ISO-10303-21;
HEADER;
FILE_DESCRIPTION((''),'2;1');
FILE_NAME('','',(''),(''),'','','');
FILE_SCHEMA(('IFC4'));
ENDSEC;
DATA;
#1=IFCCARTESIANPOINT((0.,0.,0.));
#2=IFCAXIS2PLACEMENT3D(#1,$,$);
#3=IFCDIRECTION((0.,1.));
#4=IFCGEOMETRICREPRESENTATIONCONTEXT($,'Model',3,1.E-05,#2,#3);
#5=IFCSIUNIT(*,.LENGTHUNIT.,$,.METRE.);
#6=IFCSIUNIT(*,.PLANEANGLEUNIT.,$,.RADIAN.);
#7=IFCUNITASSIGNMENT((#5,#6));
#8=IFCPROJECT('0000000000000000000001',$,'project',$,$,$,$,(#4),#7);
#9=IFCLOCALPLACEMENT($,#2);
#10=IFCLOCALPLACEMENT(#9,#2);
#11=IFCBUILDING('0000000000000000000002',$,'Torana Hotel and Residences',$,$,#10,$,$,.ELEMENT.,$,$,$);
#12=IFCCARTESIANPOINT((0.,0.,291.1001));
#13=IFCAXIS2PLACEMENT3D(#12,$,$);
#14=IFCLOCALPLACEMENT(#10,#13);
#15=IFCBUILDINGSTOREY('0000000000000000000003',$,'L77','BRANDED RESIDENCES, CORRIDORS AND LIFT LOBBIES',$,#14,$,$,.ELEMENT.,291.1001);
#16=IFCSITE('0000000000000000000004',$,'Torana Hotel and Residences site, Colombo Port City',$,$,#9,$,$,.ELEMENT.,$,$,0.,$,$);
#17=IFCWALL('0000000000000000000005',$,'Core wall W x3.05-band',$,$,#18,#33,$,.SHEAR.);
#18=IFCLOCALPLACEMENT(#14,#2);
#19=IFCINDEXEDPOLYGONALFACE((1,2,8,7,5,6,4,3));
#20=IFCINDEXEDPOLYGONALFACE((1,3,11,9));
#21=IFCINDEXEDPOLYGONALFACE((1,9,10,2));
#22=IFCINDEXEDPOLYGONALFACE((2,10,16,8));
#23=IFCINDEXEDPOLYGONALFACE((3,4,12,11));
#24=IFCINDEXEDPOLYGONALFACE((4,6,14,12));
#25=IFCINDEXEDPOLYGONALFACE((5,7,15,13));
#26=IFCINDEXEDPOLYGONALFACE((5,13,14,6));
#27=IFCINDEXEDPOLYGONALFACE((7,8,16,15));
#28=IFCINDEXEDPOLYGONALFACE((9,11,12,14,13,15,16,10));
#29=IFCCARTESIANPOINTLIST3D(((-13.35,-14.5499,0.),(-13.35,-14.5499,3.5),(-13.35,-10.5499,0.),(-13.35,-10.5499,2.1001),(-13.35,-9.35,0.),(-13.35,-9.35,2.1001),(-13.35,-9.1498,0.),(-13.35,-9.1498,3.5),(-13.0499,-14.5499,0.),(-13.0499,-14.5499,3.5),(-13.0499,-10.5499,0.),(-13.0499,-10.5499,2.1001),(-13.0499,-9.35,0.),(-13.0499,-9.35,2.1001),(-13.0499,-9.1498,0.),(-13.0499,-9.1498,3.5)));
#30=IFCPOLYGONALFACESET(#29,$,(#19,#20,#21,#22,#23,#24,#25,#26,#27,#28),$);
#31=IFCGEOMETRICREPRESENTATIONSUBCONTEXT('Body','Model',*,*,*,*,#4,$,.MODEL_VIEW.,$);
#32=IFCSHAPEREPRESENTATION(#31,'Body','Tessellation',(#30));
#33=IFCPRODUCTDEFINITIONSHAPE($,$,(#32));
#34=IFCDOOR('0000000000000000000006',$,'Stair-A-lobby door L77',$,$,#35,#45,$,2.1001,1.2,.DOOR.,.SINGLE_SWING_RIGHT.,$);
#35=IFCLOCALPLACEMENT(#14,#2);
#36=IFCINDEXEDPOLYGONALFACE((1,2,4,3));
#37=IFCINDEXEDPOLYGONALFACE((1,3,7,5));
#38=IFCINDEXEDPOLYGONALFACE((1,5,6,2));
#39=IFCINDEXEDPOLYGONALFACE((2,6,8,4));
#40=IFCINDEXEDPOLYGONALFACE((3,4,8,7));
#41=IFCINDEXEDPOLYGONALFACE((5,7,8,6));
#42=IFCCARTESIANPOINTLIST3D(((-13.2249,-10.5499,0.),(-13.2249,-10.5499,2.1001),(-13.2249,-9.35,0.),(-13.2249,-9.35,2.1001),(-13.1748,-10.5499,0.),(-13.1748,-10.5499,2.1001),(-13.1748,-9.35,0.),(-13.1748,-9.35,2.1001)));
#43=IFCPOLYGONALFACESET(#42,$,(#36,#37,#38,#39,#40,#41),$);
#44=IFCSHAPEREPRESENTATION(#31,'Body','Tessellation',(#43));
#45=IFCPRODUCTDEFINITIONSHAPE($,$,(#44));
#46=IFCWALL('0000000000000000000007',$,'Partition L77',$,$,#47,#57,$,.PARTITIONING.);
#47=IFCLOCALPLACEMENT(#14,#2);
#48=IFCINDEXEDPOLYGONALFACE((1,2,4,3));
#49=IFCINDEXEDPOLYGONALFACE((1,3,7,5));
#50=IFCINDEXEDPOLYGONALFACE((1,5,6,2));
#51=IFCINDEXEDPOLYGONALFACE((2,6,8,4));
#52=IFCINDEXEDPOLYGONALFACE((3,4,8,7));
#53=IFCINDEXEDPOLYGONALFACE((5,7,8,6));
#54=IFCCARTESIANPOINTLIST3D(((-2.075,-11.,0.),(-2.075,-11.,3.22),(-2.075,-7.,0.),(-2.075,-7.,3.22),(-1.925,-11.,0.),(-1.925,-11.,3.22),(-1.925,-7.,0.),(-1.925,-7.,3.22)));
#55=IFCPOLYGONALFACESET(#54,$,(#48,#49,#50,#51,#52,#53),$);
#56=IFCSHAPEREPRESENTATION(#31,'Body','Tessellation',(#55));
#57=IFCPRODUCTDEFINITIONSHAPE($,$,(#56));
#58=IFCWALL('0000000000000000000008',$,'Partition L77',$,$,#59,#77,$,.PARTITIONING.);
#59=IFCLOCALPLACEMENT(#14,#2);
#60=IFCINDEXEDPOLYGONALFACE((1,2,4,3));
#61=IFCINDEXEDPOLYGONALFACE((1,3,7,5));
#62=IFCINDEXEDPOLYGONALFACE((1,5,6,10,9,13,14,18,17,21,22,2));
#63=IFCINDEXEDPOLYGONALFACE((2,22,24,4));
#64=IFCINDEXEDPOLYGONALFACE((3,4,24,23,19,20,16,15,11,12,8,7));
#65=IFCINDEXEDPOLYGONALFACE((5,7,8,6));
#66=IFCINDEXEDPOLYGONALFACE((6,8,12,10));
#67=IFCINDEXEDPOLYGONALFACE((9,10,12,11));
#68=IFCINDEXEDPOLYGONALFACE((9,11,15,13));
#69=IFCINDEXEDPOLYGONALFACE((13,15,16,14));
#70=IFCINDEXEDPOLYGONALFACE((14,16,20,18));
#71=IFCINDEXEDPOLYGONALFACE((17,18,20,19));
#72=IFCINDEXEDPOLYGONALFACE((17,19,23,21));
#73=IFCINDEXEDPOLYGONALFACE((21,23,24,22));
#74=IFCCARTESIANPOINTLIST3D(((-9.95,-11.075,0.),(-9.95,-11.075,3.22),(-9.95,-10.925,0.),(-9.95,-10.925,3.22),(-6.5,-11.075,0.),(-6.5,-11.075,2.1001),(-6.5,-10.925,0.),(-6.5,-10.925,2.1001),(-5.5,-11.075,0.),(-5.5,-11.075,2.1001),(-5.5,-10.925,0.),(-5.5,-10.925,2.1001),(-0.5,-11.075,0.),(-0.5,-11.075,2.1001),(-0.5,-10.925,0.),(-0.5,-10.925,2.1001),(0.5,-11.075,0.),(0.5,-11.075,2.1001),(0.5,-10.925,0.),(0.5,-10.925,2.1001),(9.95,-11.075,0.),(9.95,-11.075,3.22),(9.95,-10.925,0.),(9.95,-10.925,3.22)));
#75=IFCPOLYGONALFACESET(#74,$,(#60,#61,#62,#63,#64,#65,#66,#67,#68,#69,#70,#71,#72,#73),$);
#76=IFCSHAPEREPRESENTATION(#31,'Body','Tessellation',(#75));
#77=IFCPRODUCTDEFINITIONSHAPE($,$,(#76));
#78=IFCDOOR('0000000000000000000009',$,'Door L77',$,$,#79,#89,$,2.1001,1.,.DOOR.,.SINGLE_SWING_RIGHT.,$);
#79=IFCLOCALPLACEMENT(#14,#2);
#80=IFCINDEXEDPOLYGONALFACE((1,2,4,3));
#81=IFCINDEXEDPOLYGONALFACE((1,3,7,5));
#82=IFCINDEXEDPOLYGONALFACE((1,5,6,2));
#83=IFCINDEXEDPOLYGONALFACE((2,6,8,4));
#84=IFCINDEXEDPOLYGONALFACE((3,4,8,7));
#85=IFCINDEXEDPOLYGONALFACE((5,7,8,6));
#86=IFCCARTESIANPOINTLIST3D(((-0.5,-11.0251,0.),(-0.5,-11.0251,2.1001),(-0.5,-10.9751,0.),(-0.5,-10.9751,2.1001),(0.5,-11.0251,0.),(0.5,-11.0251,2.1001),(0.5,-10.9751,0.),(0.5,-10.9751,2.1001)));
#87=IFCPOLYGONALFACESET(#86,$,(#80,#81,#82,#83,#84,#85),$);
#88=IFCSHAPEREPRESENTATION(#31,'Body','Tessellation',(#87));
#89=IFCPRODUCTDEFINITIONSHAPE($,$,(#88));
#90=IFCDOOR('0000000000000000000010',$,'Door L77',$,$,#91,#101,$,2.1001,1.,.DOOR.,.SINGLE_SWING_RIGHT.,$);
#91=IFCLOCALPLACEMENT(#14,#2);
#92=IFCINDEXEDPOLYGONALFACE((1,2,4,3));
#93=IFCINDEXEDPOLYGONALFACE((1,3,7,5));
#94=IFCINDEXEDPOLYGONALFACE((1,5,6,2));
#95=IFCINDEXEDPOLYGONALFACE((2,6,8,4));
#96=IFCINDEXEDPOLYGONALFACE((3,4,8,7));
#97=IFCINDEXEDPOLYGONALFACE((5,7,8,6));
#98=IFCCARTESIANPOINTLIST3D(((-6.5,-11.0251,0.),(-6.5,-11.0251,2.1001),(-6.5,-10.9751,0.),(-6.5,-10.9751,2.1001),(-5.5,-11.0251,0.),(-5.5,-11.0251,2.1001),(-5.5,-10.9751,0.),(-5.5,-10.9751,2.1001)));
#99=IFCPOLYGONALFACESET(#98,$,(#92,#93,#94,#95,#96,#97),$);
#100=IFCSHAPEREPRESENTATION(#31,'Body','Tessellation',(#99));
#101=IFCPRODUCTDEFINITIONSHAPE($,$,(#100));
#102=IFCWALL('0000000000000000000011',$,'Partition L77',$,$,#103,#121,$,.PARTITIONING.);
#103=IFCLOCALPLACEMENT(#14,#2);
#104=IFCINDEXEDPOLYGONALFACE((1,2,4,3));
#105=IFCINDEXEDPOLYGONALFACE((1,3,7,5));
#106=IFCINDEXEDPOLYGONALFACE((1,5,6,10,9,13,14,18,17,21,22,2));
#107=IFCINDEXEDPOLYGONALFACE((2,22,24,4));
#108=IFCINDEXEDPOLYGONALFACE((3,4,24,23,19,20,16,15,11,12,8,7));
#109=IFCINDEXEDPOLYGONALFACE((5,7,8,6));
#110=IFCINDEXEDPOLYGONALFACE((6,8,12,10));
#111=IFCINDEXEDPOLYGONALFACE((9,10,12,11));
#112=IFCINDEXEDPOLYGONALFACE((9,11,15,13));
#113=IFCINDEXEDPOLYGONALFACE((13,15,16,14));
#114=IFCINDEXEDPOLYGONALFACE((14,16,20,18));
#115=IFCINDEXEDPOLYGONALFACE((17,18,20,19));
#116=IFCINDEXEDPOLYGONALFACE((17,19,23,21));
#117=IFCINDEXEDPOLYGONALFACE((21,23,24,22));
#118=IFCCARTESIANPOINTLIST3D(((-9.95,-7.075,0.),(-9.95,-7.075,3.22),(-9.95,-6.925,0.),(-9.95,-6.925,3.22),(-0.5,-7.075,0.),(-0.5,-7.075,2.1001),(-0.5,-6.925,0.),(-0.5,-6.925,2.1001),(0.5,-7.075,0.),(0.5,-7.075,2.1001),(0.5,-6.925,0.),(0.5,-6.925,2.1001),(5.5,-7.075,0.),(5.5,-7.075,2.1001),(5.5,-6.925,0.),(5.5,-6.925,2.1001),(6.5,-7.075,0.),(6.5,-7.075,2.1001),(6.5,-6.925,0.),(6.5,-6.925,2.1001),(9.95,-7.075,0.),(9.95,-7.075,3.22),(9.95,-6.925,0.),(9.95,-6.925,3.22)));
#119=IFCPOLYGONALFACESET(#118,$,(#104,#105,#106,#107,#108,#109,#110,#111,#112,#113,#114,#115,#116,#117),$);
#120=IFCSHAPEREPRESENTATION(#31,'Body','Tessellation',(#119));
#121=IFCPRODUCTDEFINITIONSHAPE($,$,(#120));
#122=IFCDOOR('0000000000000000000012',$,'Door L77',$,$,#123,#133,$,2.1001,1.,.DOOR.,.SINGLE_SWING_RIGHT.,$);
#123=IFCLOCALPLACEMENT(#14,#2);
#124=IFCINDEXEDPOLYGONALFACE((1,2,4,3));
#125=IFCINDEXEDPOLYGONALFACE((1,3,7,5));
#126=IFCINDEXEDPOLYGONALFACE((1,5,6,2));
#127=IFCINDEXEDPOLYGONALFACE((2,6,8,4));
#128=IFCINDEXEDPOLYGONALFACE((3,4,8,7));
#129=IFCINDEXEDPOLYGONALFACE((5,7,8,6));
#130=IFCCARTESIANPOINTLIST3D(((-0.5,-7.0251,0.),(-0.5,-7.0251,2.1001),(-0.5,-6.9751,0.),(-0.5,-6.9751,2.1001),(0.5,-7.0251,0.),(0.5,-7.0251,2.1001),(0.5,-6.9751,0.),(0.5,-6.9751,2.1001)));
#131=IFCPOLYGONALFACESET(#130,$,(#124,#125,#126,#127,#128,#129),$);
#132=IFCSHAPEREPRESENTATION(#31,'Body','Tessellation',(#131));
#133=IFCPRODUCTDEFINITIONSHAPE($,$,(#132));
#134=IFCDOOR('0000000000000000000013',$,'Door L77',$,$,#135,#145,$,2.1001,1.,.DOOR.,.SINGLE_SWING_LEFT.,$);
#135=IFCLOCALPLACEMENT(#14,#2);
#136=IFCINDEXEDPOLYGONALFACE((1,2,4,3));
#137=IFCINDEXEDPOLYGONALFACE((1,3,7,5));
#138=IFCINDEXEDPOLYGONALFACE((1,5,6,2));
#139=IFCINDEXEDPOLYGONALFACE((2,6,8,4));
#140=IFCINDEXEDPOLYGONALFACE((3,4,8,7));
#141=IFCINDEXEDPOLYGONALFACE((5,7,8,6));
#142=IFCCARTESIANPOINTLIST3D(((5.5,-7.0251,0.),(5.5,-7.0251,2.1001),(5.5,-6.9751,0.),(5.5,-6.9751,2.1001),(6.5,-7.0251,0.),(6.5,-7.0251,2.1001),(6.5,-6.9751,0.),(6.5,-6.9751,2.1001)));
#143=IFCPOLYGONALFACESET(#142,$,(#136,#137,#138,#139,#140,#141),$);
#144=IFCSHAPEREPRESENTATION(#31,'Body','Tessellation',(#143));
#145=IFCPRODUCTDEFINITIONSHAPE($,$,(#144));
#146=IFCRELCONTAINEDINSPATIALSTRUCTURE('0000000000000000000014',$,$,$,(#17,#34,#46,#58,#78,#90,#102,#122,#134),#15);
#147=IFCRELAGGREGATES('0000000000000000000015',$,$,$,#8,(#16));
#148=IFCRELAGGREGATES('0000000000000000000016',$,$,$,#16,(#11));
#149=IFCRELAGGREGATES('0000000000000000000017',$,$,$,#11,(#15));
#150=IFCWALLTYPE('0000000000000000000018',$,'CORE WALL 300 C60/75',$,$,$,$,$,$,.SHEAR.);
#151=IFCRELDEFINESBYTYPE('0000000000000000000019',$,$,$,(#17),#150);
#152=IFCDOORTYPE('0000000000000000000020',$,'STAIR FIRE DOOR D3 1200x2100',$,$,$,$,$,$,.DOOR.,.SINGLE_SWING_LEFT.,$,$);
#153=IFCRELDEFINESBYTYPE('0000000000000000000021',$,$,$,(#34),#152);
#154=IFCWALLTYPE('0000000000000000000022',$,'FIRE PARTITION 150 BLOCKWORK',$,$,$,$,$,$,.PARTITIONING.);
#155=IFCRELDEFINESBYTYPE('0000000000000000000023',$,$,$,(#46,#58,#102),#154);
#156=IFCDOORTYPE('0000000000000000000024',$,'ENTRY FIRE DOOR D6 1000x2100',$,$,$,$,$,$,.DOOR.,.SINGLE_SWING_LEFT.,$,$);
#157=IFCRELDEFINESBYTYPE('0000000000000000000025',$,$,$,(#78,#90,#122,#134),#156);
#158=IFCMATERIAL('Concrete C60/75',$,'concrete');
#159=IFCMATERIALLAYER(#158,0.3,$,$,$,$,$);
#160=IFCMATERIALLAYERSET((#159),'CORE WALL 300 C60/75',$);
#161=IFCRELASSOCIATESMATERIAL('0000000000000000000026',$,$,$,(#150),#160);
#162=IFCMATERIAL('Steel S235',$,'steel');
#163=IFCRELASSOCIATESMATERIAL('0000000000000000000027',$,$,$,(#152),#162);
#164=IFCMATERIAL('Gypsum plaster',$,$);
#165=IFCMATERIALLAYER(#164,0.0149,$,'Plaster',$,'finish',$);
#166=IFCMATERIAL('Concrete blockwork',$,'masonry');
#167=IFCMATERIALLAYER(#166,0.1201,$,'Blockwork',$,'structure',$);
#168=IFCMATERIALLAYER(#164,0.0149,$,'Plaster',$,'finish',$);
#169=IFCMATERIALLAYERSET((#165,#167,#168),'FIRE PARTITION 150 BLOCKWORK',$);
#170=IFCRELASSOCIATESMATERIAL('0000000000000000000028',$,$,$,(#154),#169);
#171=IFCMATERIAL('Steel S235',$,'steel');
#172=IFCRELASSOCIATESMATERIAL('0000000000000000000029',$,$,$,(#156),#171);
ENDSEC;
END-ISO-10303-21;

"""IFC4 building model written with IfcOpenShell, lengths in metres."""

from ifc_helpers import new_model, si_unit, direction, frame, frame_2d, origin, place, context, subcontext, project, spatial, rectangle, extrude, material, layer, layer_set, type_object, element, fill, save


model = new_model("IFC4")

# Units and contexts
model_context = context("Model", 3, precision=1e-05, world=origin(), true_north=direction((0.0, 1.0)))
body_context = subcontext(model_context, "Body", "Model", "MODEL_VIEW")
ifc_project = project(units=[si_unit("LENGTHUNIT", "METRE"), si_unit("PLANEANGLEUNIT", "RADIAN")], contexts=[model_context])

# Site, building, storey
site_placement = place(None, origin())
site = spatial("IfcSite", under=ifc_project, at=site_placement, Name="Torana Hotel and Residences site, Colombo Port City", CompositionType="ELEMENT", RefElevation=0.0)
building_placement = place(site_placement, origin())
building = spatial("IfcBuilding", under=site, at=building_placement, Name="Torana Hotel and Residences", CompositionType="ELEMENT")
storey_placement = place(building_placement, frame((0.0, 0.0, 291.1001)))
storey = spatial("IfcBuildingStorey", under=building, at=storey_placement, Name="L77", Description="BRANDED RESIDENCES, CORRIDORS AND LIFT LOBBIES", CompositionType="ELEMENT", Elevation=291.1001)

# Shared definitions
ifc_material_1 = material(Name="Concrete C60/75", Category="concrete")
ifc_layer_1 = layer(ifc_material_1, 0.3)
ifc_layer_set_1 = layer_set([ifc_layer_1], Name="CORE WALL 300 C60/75")
wall_type_1 = type_object("IfcWallType", Name="CORE WALL 300 C60/75", PredefinedType="SHEAR", material=ifc_layer_set_1)

# Wall, opening, door
wall_1_placement = place(storey_placement, frame((-13.2, -14.55, 0.0), z_axis=(0.0, 0.0, 1.0), x_axis=(0.0, 1.0, 0.0)))
wall_1 = element("IfcWall", 1, at=wall_1_placement, inside=storey, type_object=wall_type_1, Name="Core wall W x3.05-band", PredefinedType="SHEAR", context=body_context, shape_type="SweptSolid", body=[
    extrude(rectangle(XDim=5.4001, YDim=0.3, at=frame_2d((2.7002, 0.0))), origin(), (0.0, 0.0, 1.0), 3.5),
])
opening_1_placement = place(wall_1_placement, frame((4.0, 0.0, 0.0)))
opening_1 = element("IfcOpeningElement", 2, at=opening_1_placement, cuts=wall_1, PredefinedType="OPENING", context=body_context, shape_type="SweptSolid", body=[
    extrude(rectangle(XDim=1.2, YDim=2.1001, at=frame_2d((0.6001, 1.05))), frame((0.0, 0.1599, 0.0), z_axis=(0.0, -1.0, 0.0), x_axis=(1.0, 0.0, 0.0)), (0.0, 0.0, 1.0), 0.3201),
])
ifc_material_2 = material(Name="Steel S235", Category="steel")
door_type_1 = type_object("IfcDoorType", Name="STAIR FIRE DOOR D3 1200x2100", OperationType="SINGLE_SWING_LEFT", PredefinedType="DOOR", material=ifc_material_2)
door_1_placement = place(opening_1_placement, frame((0.6001, 0.0, 0.0), z_axis=(0.0, 0.0, 1.0), x_axis=(-1.0, 0.0, 0.0)))
door_1 = element("IfcDoor", 3, at=door_1_placement, inside=storey, type_object=door_type_1, Name="Stair-A-lobby door L77", OperationType="SINGLE_SWING_RIGHT", OverallHeight=2.1001, OverallWidth=1.2, PredefinedType="DOOR", context=body_context, shape_type="SweptSolid", body=[
    extrude(rectangle(XDim=1.2, YDim=2.1001, at=frame_2d((0.0, 1.05))), frame((0.0, -0.0249, 0.0), z_axis=(0.0, 1.0, 0.0), x_axis=(-1.0, 0.0, 0.0)), (0.0, 0.0, 1.0), 0.05),
])
fill(opening_1, door_1)

# Wall
ifc_material_3 = material(Name="Gypsum plaster")
ifc_layer_2 = layer(ifc_material_3, 0.0149, Name="Plaster", Category="finish")
ifc_material_4 = material(Name="Concrete blockwork", Category="masonry")
ifc_layer_3 = layer(ifc_material_4, 0.1201, Name="Blockwork", Category="structure")
ifc_layer_4 = layer(ifc_material_3, 0.0149, Name="Plaster", Category="finish")
ifc_layer_set_2 = layer_set([ifc_layer_2, ifc_layer_3, ifc_layer_4], Name="FIRE PARTITION 150 BLOCKWORK")
wall_type_2 = type_object("IfcWallType", Name="FIRE PARTITION 150 BLOCKWORK", PredefinedType="PARTITIONING", material=ifc_layer_set_2)
wall_2_placement = place(storey_placement, frame((-2.0, -11.0, 0.0), z_axis=(0.0, 0.0, 1.0), x_axis=(0.0, 1.0, 0.0)))
element("IfcWall", 4, at=wall_2_placement, inside=storey, type_object=wall_type_2, Name="Partition L77", PredefinedType="PARTITIONING", context=body_context, shape_type="SweptSolid", body=[
    extrude(rectangle(XDim=4.0, YDim=0.1499, at=frame_2d((2.0, 0.0))), origin(), (0.0, 0.0, 1.0), 3.22),
])

# Walls, openings, doors
wall_3_placement = place(storey_placement, frame((-9.95, -11.0, 0.0), z_axis=(0.0, 0.0, 1.0), x_axis=(1.0, 0.0, 0.0)))
wall_3 = element("IfcWall", 5, at=wall_3_placement, inside=storey, type_object=wall_type_2, Name="Partition L77", PredefinedType="PARTITIONING", context=body_context, shape_type="SweptSolid", body=[
    extrude(rectangle(XDim=19.8999, YDim=0.1499, at=frame_2d((9.95, 0.0))), origin(), (0.0, 0.0, 1.0), 3.22),
])
opening_2_placement = place(wall_3_placement, frame((9.45, 0.0, 0.0)))
opening_2 = element("IfcOpeningElement", 6, at=opening_2_placement, cuts=wall_3, PredefinedType="OPENING", context=body_context, shape_type="SweptSolid", body=[
    extrude(rectangle(XDim=1.0, YDim=2.1001, at=frame_2d((0.5, 1.05))), frame((0.0, 0.085, 0.0), z_axis=(0.0, -1.0, 0.0), x_axis=(1.0, 0.0, 0.0)), (0.0, 0.0, 1.0), 0.1699),
])
opening_3_placement = place(wall_3_placement, frame((3.45, 0.0, 0.0)))
opening_3 = element("IfcOpeningElement", 7, at=opening_3_placement, cuts=wall_3, PredefinedType="OPENING", context=body_context, shape_type="SweptSolid", body=[
    extrude(rectangle(XDim=1.0, YDim=2.1001, at=frame_2d((0.5, 1.05))), frame((0.0, 0.085, 0.0), z_axis=(0.0, -1.0, 0.0), x_axis=(1.0, 0.0, 0.0)), (0.0, 0.0, 1.0), 0.1699),
])
ifc_material_5 = material(Name="Steel S235", Category="steel")
door_type_2 = type_object("IfcDoorType", Name="ENTRY FIRE DOOR D6 1000x2100", OperationType="SINGLE_SWING_LEFT", PredefinedType="DOOR", material=ifc_material_5)
door_2_placement = place(opening_2_placement, origin())
door_2 = element("IfcDoor", 8, at=door_2_placement, inside=storey, type_object=door_type_2, Name="Door L77", OperationType="SINGLE_SWING_RIGHT", OverallHeight=2.1001, OverallWidth=1.0, PredefinedType="DOOR", context=body_context, shape_type="SweptSolid", body=[
    extrude(rectangle(XDim=1.0, YDim=2.1001, at=frame_2d((0.5, 1.05))), frame((0.0, 0.0249, 0.0), z_axis=(0.0, -1.0, 0.0), x_axis=(1.0, 0.0, 0.0)), (0.0, 0.0, 1.0), 0.05),
])
fill(opening_2, door_2)
door_3_placement = place(opening_3_placement, origin())
door_3 = element("IfcDoor", 9, at=door_3_placement, inside=storey, type_object=door_type_2, Name="Door L77", OperationType="SINGLE_SWING_RIGHT", OverallHeight=2.1001, OverallWidth=1.0, PredefinedType="DOOR", context=body_context, shape_type="SweptSolid", body=[
    extrude(rectangle(XDim=1.0, YDim=2.1001, at=frame_2d((0.5, 1.05))), frame((0.0, 0.0249, 0.0), z_axis=(0.0, -1.0, 0.0), x_axis=(1.0, 0.0, 0.0)), (0.0, 0.0, 1.0), 0.05),
])
fill(opening_3, door_3)
wall_4_placement = place(storey_placement, frame((-9.95, -7.0, 0.0), z_axis=(0.0, 0.0, 1.0), x_axis=(1.0, 0.0, 0.0)))
wall_4 = element("IfcWall", 10, at=wall_4_placement, inside=storey, type_object=wall_type_2, Name="Partition L77", PredefinedType="PARTITIONING", context=body_context, shape_type="SweptSolid", body=[
    extrude(rectangle(XDim=19.8999, YDim=0.1499, at=frame_2d((9.95, 0.0))), origin(), (0.0, 0.0, 1.0), 3.22),
])
opening_4_placement = place(wall_4_placement, frame((9.45, 0.0, 0.0)))
opening_4 = element("IfcOpeningElement", 11, at=opening_4_placement, cuts=wall_4, PredefinedType="OPENING", context=body_context, shape_type="SweptSolid", body=[
    extrude(rectangle(XDim=1.0, YDim=2.1001, at=frame_2d((0.5, 1.05))), frame((0.0, 0.085, 0.0), z_axis=(0.0, -1.0, 0.0), x_axis=(1.0, 0.0, 0.0)), (0.0, 0.0, 1.0), 0.1699),
])
opening_5_placement = place(wall_4_placement, frame((15.45, 0.0, 0.0)))
opening_5 = element("IfcOpeningElement", 12, at=opening_5_placement, cuts=wall_4, PredefinedType="OPENING", context=body_context, shape_type="SweptSolid", body=[
    extrude(rectangle(XDim=1.0, YDim=2.1001, at=frame_2d((0.5, 1.05))), frame((0.0, 0.085, 0.0), z_axis=(0.0, -1.0, 0.0), x_axis=(1.0, 0.0, 0.0)), (0.0, 0.0, 1.0), 0.1699),
])
door_4_placement = place(opening_4_placement, origin())
door_4 = element("IfcDoor", 13, at=door_4_placement, inside=storey, type_object=door_type_2, Name="Door L77", OperationType="SINGLE_SWING_RIGHT", OverallHeight=2.1001, OverallWidth=1.0, PredefinedType="DOOR", context=body_context, shape_type="SweptSolid", body=[
    extrude(rectangle(XDim=1.0, YDim=2.1001, at=frame_2d((0.5, 1.05))), frame((0.0, 0.0249, 0.0), z_axis=(0.0, -1.0, 0.0), x_axis=(1.0, 0.0, 0.0)), (0.0, 0.0, 1.0), 0.05),
])
fill(opening_4, door_4)
door_5_placement = place(opening_5_placement, frame((0.5, 0.0, 0.0), z_axis=(0.0, 0.0, 1.0), x_axis=(-1.0, 0.0, 0.0)))
door_5 = element("IfcDoor", 14, at=door_5_placement, inside=storey, type_object=door_type_2, Name="Door L77", OperationType="SINGLE_SWING_LEFT", OverallHeight=2.1001, OverallWidth=1.0, PredefinedType="DOOR", context=body_context, shape_type="SweptSolid", body=[
    extrude(rectangle(XDim=1.0, YDim=2.1001, at=frame_2d((0.0, 1.05))), frame((0.0, -0.0249, 0.0), z_axis=(0.0, 1.0, 0.0), x_axis=(-1.0, 0.0, 0.0)), (0.0, 0.0, 1.0), 0.05),
])
fill(opening_5, door_5)

save(model, "model.ifc")
